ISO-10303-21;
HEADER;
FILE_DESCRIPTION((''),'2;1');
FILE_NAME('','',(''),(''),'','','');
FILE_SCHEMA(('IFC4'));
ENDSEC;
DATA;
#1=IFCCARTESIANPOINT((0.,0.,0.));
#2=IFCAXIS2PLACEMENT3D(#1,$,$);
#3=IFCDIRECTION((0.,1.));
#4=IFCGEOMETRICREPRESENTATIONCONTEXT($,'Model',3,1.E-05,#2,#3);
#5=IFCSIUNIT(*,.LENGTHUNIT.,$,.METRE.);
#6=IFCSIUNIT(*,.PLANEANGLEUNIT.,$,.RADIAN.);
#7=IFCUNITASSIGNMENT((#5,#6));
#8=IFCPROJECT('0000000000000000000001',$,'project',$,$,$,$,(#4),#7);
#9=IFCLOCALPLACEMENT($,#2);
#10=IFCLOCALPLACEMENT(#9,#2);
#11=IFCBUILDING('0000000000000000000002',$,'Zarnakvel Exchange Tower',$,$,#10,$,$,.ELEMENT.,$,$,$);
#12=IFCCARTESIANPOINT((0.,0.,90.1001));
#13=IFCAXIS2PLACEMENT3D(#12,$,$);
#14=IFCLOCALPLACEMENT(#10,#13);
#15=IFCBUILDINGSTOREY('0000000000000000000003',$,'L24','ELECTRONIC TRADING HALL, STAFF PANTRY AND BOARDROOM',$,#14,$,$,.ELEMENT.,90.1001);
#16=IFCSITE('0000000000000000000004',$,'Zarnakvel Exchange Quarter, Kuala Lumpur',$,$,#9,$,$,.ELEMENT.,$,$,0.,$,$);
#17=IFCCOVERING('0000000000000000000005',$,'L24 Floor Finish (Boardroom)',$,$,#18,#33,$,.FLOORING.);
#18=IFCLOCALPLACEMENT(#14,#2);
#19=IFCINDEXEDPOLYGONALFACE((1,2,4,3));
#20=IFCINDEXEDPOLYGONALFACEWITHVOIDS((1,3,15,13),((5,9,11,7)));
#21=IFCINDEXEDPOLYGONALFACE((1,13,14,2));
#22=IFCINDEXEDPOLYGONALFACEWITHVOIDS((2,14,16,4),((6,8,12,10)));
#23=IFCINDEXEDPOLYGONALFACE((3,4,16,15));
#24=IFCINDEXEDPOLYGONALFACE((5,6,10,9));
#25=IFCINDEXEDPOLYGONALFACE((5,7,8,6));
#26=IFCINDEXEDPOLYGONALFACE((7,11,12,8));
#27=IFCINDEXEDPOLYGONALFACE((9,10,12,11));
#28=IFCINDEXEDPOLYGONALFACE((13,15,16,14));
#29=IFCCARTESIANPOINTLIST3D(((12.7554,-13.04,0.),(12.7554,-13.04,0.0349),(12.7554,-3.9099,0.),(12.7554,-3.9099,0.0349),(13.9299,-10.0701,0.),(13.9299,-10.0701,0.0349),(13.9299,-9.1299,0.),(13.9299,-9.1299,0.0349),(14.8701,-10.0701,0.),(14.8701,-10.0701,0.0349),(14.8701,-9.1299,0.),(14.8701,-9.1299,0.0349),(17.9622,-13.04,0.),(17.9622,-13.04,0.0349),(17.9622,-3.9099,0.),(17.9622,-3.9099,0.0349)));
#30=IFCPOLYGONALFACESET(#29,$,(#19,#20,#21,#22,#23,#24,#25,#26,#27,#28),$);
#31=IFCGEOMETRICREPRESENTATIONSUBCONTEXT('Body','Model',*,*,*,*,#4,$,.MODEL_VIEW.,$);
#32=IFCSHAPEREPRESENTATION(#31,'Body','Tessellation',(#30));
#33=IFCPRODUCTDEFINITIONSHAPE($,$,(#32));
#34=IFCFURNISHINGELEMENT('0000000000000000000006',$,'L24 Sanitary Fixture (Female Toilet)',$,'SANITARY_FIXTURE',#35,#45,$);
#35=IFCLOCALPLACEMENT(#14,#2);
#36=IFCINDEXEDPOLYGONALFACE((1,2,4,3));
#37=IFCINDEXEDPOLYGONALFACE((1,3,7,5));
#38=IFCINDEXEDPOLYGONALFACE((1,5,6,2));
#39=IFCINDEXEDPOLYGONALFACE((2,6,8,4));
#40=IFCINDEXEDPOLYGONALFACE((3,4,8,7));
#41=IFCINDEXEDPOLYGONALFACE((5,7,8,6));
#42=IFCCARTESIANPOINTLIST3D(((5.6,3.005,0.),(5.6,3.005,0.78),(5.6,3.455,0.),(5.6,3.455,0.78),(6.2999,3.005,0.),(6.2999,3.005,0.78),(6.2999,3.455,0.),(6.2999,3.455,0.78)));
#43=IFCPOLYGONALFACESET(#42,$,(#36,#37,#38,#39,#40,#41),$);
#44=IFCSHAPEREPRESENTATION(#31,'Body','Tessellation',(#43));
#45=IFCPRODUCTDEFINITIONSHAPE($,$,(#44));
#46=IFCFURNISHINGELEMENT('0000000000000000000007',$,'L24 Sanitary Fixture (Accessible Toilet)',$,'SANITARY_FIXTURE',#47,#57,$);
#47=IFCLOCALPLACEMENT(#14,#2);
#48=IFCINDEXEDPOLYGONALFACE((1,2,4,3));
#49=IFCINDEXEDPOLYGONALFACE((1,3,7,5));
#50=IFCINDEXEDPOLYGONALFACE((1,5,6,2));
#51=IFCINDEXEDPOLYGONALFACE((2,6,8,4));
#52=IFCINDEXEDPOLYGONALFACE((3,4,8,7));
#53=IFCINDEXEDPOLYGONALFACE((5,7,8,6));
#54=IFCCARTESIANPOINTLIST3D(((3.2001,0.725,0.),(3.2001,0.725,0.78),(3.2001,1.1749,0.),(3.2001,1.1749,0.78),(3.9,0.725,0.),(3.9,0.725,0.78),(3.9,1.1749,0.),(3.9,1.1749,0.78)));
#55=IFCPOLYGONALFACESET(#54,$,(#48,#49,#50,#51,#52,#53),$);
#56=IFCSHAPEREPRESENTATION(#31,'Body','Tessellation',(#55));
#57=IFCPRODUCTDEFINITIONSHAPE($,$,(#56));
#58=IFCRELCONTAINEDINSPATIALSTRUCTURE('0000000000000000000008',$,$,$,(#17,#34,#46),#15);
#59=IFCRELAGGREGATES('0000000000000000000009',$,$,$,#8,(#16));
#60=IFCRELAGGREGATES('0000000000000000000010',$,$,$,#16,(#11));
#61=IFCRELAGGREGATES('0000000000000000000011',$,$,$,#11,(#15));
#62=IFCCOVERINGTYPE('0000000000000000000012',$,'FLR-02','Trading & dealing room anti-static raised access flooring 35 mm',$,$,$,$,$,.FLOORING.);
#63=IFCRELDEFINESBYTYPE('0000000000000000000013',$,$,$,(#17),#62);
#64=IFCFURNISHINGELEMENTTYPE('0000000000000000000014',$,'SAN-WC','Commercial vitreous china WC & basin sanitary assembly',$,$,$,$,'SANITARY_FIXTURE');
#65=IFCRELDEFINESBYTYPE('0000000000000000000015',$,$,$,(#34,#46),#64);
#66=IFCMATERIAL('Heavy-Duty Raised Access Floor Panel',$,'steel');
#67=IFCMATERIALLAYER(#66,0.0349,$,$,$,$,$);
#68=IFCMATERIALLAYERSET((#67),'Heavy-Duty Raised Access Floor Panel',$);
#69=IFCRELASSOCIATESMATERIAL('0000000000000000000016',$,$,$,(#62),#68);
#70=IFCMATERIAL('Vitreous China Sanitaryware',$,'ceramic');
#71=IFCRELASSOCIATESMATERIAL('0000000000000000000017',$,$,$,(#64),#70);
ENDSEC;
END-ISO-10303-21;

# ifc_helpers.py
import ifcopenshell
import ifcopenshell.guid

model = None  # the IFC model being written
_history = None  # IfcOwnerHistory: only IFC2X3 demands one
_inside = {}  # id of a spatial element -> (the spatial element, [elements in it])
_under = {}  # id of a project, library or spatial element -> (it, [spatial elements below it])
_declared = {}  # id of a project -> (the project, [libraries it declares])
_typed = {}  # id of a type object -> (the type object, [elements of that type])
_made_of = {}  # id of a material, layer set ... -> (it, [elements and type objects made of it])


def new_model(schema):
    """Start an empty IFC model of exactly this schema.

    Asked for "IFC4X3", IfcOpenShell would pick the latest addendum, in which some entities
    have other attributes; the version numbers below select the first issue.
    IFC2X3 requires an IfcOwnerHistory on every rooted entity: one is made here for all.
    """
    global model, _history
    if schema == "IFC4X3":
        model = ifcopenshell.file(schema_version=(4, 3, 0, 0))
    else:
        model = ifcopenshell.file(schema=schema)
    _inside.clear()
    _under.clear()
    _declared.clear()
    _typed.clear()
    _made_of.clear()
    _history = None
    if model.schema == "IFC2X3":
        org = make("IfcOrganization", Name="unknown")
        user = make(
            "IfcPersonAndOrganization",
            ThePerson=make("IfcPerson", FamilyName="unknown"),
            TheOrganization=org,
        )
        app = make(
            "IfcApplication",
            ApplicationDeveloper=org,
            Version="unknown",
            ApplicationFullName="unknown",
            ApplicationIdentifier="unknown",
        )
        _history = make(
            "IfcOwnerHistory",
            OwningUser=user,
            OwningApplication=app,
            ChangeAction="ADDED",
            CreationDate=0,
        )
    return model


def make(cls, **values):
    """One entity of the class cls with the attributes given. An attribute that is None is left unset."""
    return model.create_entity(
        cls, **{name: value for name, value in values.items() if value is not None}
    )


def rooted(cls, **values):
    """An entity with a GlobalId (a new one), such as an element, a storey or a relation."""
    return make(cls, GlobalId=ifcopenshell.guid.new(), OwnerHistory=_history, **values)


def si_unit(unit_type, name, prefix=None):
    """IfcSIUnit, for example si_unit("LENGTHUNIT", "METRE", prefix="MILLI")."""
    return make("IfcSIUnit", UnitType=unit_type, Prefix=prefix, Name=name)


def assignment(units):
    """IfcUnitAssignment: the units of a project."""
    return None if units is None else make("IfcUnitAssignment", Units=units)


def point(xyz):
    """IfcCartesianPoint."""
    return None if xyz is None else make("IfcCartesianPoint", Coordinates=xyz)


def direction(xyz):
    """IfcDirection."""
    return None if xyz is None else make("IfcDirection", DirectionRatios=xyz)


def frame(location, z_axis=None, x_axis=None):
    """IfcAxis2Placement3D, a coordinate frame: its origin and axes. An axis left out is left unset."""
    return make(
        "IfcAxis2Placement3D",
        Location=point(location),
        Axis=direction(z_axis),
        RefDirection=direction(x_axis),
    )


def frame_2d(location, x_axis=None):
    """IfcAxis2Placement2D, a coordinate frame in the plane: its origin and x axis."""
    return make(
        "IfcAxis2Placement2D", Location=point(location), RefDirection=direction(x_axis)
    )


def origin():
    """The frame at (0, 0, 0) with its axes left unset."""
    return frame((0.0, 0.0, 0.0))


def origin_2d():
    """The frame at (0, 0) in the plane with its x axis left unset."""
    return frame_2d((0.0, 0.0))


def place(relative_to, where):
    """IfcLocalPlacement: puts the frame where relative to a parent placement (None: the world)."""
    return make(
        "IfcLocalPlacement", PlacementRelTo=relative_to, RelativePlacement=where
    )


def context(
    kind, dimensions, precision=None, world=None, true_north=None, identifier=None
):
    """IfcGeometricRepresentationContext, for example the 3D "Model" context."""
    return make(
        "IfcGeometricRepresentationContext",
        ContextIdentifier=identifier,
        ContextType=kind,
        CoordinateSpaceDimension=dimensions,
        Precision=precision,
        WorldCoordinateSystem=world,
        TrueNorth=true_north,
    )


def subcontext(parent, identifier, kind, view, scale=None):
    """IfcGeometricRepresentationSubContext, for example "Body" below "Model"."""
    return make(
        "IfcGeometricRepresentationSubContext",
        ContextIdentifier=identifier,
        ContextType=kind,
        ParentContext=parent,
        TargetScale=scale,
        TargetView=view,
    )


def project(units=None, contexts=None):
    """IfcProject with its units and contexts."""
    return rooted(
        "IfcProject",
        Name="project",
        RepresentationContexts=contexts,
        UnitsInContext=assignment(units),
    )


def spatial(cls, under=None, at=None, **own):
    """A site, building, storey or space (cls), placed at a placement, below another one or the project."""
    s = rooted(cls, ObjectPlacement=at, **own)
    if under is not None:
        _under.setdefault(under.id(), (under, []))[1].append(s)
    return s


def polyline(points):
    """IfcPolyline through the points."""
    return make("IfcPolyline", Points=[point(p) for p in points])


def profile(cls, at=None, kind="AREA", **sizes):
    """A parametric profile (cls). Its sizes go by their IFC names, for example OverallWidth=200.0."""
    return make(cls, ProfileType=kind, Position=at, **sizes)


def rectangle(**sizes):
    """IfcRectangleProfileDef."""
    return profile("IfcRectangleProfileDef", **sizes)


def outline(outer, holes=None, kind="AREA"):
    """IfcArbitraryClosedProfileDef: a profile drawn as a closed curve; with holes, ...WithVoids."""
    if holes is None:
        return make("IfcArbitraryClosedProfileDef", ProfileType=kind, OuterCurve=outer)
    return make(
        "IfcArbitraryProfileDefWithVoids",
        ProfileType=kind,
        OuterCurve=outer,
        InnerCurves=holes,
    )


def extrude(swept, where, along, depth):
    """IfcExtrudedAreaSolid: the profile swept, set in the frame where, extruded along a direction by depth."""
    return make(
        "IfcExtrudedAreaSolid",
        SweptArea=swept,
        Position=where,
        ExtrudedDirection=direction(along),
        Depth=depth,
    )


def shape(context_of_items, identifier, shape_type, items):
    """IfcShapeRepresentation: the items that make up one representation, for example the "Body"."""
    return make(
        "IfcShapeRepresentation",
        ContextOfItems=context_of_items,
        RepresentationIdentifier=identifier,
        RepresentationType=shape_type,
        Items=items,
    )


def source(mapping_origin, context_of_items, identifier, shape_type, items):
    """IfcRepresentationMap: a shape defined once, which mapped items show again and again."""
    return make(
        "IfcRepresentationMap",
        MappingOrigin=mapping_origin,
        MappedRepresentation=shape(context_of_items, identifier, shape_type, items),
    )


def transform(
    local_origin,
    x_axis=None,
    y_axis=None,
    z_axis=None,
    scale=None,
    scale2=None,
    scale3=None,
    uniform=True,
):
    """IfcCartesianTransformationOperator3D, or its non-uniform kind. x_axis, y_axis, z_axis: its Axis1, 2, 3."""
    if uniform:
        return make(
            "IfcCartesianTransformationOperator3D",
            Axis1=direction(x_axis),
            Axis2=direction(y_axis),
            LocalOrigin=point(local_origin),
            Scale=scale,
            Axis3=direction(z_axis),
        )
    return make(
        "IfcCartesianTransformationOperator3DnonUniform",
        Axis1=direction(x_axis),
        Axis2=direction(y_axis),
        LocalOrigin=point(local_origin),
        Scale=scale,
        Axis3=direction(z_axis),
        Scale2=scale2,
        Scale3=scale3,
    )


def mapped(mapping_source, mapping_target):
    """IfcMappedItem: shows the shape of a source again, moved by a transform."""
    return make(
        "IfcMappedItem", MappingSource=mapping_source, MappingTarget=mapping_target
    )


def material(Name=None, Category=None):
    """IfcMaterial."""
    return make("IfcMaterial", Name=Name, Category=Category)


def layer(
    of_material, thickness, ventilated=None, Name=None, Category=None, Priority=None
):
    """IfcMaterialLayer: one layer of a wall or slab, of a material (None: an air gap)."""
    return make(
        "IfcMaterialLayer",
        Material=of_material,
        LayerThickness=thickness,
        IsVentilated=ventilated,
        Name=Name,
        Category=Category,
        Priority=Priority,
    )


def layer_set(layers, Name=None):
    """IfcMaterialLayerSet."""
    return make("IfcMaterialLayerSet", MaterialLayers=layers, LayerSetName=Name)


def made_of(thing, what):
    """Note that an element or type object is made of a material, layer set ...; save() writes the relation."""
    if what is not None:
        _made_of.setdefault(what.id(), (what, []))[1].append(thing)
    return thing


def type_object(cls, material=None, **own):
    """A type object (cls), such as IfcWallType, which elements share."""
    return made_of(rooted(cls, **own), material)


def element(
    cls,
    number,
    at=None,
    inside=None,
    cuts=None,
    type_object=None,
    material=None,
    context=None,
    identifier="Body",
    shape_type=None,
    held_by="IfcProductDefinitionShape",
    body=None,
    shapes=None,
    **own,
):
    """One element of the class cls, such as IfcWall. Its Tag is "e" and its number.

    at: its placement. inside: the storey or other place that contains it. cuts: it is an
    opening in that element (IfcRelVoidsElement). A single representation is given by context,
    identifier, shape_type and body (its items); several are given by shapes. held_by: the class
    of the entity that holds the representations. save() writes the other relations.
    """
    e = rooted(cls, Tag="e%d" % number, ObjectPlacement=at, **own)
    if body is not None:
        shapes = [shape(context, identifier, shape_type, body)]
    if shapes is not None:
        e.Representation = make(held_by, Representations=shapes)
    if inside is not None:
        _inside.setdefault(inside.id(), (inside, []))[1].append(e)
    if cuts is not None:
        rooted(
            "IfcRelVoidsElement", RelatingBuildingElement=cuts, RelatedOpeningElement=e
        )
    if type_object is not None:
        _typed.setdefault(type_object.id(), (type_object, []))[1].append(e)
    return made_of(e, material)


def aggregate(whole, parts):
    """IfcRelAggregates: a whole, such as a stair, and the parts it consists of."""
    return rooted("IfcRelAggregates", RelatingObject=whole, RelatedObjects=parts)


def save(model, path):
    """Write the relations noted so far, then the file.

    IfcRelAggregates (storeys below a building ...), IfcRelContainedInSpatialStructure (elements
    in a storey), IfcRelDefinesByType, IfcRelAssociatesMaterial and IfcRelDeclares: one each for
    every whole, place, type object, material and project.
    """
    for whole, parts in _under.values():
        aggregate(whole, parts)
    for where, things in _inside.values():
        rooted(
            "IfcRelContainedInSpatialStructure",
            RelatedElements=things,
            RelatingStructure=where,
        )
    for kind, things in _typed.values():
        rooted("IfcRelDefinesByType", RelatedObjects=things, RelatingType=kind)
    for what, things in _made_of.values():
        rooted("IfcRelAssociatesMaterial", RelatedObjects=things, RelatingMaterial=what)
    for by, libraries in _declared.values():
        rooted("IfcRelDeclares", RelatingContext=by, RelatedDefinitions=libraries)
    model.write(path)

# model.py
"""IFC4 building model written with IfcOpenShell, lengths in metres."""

from ifc_helpers import new_model, si_unit, direction, frame, origin, origin_2d, place, context, subcontext, project, spatial, polyline, rectangle, outline, extrude, source, transform, mapped, material, layer, layer_set, type_object, element, save


model = new_model("IFC4")

# Units and contexts
model_context = context("Model", 3, precision=1e-05, world=origin(), true_north=direction((0.0, 1.0)))
body_context = subcontext(model_context, "Body", "Model", "MODEL_VIEW")
ifc_project = project(units=[si_unit("LENGTHUNIT", "METRE"), si_unit("PLANEANGLEUNIT", "RADIAN")], contexts=[model_context])

# Site, building, storey
site_placement = place(None, origin())
site = spatial("IfcSite", under=ifc_project, at=site_placement, Name="Zarnakvel Exchange Quarter, Kuala Lumpur", CompositionType="ELEMENT", RefElevation=0.0)
building_placement = place(site_placement, origin())
building = spatial("IfcBuilding", under=site, at=building_placement, Name="Zarnakvel Exchange Tower", CompositionType="ELEMENT")
storey_placement = place(building_placement, frame((0.0, 0.0, 90.1001)))
storey = spatial("IfcBuildingStorey", under=building, at=storey_placement, Name="L24", Description="ELECTRONIC TRADING HALL, STAFF PANTRY AND BOARDROOM", CompositionType="ELEMENT", Elevation=90.1001)

# Covering
ifc_material_1 = material(Name="Heavy-Duty Raised Access Floor Panel", Category="steel")
ifc_layer_1 = layer(ifc_material_1, 0.0349)
ifc_layer_set_1 = layer_set([ifc_layer_1], Name="Heavy-Duty Raised Access Floor Panel")
covering_type_1 = type_object("IfcCoveringType", Name="FLR-02", Description="Trading & dealing room anti-static raised access flooring 35 mm", PredefinedType="FLOORING", material=ifc_layer_set_1)
covering_1_placement = place(storey_placement, origin())
element("IfcCovering", 1, at=covering_1_placement, inside=storey, type_object=covering_type_1, Name="L24 Floor Finish (Boardroom)", PredefinedType="FLOORING", context=body_context, shape_type="SweptSolid", body=[
    extrude(outline(polyline([(12.7554, -3.9099), (17.9622, -3.9099), (17.9622, -13.04), (12.7554, -13.04), (12.7554, -3.9099)]), holes=[polyline([(13.9299, -10.0701), (14.8701, -10.0701), (14.8701, -9.1299), (13.9299, -9.1299), (13.9299, -10.0701)])]), origin(), (0.0, 0.0, 1.0), 0.0349),
])

# Furnishing elements
ifc_material_2 = material(Name="Vitreous China Sanitaryware", Category="ceramic")
furnishing_element_type = type_object("IfcFurnishingElementType", Name="SAN-WC", Description="Commercial vitreous china WC & basin sanitary assembly", ElementType="SANITARY_FIXTURE", material=ifc_material_2)
shared_shape_1 = source(origin(), body_context, "Body", "SweptSolid", [
    extrude(rectangle(XDim=0.7, YDim=0.45, at=origin_2d()), origin(), (0.0, 0.0, 1.0), 0.78),
])
for number, where, z_axis, x_axis, name in (
    (2, (5.95, 3.23, 0.0), (0.0, 0.0, 1.0), (1.0, 0.0, 0.0), "L24 Sanitary Fixture (Female Toilet)"),
    (3, (3.55, 0.95, 0.0), (0.0, 0.0, 1.0), (1.0, 0.0, 0.0), "L24 Sanitary Fixture (Accessible Toilet)"),
):
    element("IfcFurnishingElement", number, at=place(storey_placement, frame(where, z_axis=z_axis, x_axis=x_axis)), inside=storey, type_object=furnishing_element_type, Name=name, ObjectType="SANITARY_FIXTURE", context=body_context, shape_type="MappedRepresentation", body=[
        mapped(shared_shape_1, transform((0.0, 0.0, 0.0), x_axis=(1.0, 0.0, 0.0), y_axis=(0.0, 1.0, 0.0), z_axis=(0.0, 0.0, 1.0), scale=1.0)),
    ])

save(model, "model.ifc")
